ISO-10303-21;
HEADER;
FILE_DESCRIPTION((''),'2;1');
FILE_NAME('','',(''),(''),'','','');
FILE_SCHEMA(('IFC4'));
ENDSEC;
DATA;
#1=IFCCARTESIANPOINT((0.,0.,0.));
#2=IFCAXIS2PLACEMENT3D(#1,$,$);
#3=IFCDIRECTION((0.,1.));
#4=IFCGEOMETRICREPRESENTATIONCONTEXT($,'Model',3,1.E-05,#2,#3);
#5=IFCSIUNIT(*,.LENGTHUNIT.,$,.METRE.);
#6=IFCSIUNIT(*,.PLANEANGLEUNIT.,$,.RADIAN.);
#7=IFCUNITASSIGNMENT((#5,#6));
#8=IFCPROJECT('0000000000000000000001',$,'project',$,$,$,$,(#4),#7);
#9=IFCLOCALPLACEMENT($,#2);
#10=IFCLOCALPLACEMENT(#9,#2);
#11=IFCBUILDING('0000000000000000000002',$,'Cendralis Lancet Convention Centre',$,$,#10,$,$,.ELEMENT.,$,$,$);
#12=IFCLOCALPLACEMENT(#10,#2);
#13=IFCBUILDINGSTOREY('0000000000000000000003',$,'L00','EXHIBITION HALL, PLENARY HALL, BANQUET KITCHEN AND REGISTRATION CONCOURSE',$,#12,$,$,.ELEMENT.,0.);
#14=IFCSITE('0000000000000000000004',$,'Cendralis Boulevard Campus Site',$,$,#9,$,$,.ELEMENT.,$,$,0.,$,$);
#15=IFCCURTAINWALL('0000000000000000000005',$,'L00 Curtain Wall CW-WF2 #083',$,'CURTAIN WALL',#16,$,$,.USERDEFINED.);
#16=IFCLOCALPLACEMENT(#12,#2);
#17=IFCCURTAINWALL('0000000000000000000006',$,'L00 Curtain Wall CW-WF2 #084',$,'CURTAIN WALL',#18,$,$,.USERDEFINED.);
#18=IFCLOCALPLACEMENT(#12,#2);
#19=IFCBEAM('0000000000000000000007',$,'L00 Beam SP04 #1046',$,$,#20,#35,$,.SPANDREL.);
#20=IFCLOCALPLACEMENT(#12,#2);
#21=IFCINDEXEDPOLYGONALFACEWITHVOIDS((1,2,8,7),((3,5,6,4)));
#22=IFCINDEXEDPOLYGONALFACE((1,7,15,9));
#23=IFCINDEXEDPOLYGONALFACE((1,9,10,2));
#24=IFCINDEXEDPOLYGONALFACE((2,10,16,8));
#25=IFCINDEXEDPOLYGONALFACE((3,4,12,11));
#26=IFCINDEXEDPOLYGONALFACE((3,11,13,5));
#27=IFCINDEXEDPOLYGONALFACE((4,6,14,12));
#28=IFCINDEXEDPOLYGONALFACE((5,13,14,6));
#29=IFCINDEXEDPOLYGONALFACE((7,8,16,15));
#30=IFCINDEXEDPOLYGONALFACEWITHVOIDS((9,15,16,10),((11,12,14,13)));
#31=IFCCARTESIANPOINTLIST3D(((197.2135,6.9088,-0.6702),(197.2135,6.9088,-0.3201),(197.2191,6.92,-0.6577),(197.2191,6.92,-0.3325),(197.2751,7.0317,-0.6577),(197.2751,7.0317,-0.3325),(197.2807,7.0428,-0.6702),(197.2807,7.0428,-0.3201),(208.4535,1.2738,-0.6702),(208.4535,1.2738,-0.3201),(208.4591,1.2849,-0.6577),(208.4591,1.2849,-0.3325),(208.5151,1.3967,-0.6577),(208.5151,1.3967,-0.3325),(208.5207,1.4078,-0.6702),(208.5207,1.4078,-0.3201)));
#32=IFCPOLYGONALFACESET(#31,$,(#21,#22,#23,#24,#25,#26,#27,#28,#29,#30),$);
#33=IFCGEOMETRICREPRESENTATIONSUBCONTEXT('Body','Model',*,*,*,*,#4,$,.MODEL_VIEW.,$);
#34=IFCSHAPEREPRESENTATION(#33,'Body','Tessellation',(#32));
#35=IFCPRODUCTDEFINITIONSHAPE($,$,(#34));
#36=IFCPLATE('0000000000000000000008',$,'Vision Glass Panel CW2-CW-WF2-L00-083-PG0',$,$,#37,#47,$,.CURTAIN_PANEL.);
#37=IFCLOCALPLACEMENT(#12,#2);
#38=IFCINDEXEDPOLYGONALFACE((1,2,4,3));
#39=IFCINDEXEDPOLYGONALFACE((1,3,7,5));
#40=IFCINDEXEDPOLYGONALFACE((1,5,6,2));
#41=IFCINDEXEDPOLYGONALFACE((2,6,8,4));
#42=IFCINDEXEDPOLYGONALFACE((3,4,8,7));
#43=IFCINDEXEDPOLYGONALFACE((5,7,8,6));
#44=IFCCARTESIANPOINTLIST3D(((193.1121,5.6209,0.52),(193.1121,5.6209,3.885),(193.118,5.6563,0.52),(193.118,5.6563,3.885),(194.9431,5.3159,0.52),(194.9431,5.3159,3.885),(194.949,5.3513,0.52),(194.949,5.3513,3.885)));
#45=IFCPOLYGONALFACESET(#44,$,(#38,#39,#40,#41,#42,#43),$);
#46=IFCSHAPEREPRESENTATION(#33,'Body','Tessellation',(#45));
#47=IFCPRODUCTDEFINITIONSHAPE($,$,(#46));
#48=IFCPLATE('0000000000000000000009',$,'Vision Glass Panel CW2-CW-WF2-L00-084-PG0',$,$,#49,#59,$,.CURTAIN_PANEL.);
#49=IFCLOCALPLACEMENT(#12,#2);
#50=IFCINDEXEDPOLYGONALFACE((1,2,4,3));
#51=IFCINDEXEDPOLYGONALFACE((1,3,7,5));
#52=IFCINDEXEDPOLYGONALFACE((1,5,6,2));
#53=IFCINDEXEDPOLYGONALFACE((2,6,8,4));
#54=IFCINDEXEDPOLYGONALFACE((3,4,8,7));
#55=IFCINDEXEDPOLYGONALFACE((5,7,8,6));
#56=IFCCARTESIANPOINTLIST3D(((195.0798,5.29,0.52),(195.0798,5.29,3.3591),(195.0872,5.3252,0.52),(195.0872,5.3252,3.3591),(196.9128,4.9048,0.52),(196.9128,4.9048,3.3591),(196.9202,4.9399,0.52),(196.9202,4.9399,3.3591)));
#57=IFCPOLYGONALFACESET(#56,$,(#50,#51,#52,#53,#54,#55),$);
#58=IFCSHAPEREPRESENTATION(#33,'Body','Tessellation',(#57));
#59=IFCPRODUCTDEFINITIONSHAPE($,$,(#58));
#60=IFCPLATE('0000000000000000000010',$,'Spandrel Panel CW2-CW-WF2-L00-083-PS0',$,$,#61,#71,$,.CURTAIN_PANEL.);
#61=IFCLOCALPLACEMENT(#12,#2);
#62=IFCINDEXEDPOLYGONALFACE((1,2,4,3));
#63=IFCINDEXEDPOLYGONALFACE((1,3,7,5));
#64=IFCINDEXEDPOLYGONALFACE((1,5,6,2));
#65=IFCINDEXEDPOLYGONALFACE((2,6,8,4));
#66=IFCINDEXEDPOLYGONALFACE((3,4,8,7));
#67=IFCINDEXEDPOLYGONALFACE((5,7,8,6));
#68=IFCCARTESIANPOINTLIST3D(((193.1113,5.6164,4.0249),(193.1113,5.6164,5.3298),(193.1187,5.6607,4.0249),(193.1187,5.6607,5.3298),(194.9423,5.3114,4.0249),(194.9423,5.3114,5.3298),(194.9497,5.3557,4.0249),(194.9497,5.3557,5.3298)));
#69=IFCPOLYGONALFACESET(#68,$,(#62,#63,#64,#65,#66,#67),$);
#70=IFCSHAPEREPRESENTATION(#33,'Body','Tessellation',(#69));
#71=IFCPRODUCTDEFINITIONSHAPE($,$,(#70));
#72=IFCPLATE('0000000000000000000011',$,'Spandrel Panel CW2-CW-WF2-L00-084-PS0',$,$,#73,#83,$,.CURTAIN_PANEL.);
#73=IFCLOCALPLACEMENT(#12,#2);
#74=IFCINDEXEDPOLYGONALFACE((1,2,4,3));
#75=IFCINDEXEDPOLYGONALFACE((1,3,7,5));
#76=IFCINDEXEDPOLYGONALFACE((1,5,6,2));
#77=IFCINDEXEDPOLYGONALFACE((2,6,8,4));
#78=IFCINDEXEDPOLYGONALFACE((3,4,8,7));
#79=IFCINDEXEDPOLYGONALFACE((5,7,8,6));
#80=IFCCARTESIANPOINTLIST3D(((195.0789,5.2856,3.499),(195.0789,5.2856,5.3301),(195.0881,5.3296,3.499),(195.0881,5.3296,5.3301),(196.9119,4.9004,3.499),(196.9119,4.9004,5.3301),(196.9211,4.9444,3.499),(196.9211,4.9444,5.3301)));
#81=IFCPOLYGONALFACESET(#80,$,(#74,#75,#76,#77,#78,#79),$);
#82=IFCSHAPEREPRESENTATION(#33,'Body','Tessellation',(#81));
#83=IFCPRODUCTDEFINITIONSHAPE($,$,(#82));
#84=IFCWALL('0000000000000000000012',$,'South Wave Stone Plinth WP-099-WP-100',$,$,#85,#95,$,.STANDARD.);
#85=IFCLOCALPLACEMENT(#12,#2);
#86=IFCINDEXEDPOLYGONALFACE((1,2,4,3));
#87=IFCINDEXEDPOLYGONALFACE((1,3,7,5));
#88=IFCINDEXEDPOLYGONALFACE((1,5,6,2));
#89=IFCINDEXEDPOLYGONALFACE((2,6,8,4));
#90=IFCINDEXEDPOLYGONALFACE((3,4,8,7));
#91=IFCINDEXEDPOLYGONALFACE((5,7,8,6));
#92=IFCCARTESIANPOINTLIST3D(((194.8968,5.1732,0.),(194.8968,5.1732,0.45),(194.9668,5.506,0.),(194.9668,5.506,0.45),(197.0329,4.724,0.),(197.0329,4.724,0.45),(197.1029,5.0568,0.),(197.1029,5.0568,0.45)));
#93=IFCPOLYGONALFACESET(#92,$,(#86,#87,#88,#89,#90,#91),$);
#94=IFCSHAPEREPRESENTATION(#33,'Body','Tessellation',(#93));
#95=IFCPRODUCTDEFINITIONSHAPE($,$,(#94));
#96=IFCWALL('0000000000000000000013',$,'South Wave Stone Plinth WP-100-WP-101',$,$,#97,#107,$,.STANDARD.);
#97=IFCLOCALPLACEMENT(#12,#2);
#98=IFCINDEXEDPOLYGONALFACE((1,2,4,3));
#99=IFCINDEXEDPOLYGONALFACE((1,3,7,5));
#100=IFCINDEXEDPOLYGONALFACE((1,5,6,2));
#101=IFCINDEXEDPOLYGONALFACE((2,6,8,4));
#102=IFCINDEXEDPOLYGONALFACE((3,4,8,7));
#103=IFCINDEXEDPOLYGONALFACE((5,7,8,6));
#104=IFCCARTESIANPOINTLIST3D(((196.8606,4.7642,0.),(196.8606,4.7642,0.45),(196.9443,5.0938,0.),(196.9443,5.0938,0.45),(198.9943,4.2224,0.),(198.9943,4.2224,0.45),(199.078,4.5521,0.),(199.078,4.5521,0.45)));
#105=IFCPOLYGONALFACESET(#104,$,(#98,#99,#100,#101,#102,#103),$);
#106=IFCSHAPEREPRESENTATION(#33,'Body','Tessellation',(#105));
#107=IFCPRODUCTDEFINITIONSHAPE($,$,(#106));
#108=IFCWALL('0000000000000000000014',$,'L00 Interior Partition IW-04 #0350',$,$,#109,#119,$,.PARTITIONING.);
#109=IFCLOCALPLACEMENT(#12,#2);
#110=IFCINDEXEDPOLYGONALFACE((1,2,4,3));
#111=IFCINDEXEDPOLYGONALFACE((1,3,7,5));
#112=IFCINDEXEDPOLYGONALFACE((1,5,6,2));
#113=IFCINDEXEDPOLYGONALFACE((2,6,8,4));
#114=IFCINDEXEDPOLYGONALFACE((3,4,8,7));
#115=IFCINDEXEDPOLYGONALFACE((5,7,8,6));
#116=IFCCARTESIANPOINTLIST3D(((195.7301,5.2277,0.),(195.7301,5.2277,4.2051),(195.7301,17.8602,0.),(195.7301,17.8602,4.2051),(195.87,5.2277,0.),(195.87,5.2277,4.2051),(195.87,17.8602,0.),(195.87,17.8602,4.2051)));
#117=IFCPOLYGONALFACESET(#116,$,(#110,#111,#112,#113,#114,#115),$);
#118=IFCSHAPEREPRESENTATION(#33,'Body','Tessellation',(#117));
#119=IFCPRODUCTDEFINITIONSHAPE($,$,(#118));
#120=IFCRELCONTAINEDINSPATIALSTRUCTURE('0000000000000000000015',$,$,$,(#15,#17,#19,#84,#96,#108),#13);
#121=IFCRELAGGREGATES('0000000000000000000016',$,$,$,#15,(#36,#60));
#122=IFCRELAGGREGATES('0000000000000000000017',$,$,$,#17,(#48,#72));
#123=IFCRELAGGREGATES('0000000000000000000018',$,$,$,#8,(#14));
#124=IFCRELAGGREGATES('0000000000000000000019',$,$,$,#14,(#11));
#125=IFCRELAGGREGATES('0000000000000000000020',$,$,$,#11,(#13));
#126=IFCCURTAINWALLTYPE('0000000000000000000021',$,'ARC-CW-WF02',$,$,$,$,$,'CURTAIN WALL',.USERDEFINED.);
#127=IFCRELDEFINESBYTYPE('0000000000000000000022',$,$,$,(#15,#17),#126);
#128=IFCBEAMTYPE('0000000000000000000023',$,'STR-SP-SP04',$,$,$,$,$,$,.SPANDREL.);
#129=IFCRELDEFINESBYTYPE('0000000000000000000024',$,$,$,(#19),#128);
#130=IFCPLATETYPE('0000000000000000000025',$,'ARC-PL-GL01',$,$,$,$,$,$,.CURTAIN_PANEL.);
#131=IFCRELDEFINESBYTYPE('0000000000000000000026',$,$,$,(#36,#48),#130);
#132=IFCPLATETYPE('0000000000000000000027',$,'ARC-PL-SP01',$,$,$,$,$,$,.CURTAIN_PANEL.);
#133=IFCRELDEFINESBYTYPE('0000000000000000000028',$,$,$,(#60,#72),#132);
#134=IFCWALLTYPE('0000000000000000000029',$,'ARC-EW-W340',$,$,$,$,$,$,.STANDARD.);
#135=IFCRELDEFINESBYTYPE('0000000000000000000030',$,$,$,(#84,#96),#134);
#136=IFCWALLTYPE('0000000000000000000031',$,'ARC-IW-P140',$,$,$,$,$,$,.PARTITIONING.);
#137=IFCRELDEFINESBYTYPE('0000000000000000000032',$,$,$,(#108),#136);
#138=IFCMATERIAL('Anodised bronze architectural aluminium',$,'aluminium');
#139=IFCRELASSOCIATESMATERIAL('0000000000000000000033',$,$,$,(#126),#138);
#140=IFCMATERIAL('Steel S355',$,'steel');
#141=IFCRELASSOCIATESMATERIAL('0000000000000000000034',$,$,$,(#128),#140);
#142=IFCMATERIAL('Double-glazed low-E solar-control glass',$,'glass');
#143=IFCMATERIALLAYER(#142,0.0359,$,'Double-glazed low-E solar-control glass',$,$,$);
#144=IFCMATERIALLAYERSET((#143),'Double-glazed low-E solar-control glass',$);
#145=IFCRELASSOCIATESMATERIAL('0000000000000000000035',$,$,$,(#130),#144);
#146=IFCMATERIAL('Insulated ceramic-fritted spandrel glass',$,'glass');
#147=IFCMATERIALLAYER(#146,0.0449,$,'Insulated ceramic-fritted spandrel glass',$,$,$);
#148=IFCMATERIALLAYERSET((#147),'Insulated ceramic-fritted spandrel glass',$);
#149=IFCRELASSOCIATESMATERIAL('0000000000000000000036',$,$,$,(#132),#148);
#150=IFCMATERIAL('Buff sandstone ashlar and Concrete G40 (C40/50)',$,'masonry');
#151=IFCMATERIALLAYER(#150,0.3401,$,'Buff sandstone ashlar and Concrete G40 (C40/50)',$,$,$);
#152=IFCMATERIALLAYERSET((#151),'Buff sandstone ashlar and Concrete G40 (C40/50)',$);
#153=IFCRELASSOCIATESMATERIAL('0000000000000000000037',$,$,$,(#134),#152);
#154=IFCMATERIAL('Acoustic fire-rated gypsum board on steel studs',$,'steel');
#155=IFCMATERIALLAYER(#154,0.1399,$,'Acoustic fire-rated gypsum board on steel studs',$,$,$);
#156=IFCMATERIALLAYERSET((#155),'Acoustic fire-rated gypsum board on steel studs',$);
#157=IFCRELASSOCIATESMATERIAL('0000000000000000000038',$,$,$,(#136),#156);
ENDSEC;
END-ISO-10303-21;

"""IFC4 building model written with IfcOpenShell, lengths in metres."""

from ifc_helpers import new_model, si_unit, direction, frame, frame_2d, origin, origin_2d, place, context, subcontext, project, spatial, rectangle, hollow_rectangle, extrude, material, layer, layer_set, material_profile, profile_set, type_object, element, aggregate, save


model = new_model("IFC4")

# Units and contexts
model_context = context("Model", 3, precision=1e-05, world=origin(), true_north=direction((0.0, 1.0)))
body_context = subcontext(model_context, "Body", "Model", "MODEL_VIEW")
ifc_project = project(units=[si_unit("LENGTHUNIT", "METRE"), si_unit("PLANEANGLEUNIT", "RADIAN")], contexts=[model_context])

# Site, building, storey
site_placement = place(None, origin())
site = spatial("IfcSite", under=ifc_project, at=site_placement, Name="Cendralis Boulevard Campus Site", CompositionType="ELEMENT", RefElevation=0.0)
building_placement = place(site_placement, origin())
building = spatial("IfcBuilding", under=site, at=building_placement, Name="Cendralis Lancet Convention Centre", CompositionType="ELEMENT")
storey_placement = place(building_placement, origin())
storey = spatial("IfcBuildingStorey", under=building, at=storey_placement, Name="L00", Description="EXHIBITION HALL, PLENARY HALL, BANQUET KITCHEN AND REGISTRATION CONCOURSE", CompositionType="ELEMENT", Elevation=0.0)

# Shared definitions
ifc_material_1 = material(Name="Anodised bronze architectural aluminium", Category="aluminium")
curtain_wall_type = type_object("IfcCurtainWallType", Name="ARC-CW-WF02", ElementType="CURTAIN WALL", PredefinedType="USERDEFINED", material=ifc_material_1)

# Curtain walls
curtain_wall_1_placement = place(storey_placement, origin())
curtain_wall_1 = element("IfcCurtainWall", 1, at=curtain_wall_1_placement, inside=storey, type_object=curtain_wall_type, Name="L00 Curtain Wall CW-WF2 #083", ObjectType="CURTAIN WALL", PredefinedType="USERDEFINED")
curtain_wall_2_placement = place(storey_placement, origin())
curtain_wall_2 = element("IfcCurtainWall", 2, at=curtain_wall_2_placement, inside=storey, type_object=curtain_wall_type, Name="L00 Curtain Wall CW-WF2 #084", ObjectType="CURTAIN WALL", PredefinedType="USERDEFINED")

# Beam
ifc_material_2 = material(Name="Steel S355", Category="steel")
ifc_material_profile_1 = material_profile(ifc_material_2, hollow_rectangle(XDim=0.1499, YDim=0.3501, WallThickness=0.0125, at=origin_2d()), Name="RHS 350x150x12.5")
ifc_profile_set_1 = profile_set([ifc_material_profile_1], Name="Steel S355")
beam_type_1 = type_object("IfcBeamType", Name="STR-SP-SP04", PredefinedType="SPANDREL", material=ifc_profile_set_1)
beam_1_placement = place(storey_placement, frame((197.2471, 6.9758, -0.4951), z_axis=(0.893949, -0.448169, 0.0), x_axis=(0.448169, 0.893949, 0.0)))
element("IfcBeam", 3, at=beam_1_placement, inside=storey, type_object=beam_type_1, Name="L00 Beam SP04 #1046", PredefinedType="SPANDREL", context=body_context, shape_type="SweptSolid", body=[
    extrude(hollow_rectangle(XDim=0.1499, YDim=0.3501, WallThickness=0.0125, at=origin_2d()), origin(), (0.0, 0.0, 1.0), 12.5735),
])

# Plates
ifc_material_3 = material(Name="Double-glazed low-E solar-control glass", Category="glass")
ifc_layer_1 = layer(ifc_material_3, 0.0359, Name="Double-glazed low-E solar-control glass")
ifc_layer_set_1 = layer_set([ifc_layer_1], Name="Double-glazed low-E solar-control glass")
plate_type_1 = type_object("IfcPlateType", Name="ARC-PL-GL01", PredefinedType="CURTAIN_PANEL", material=ifc_layer_set_1)
plate_1_placement = place(storey_placement, frame((194.0305, 5.4861, 0.52), z_axis=(0.0, 0.0, 1.0), x_axis=(0.986407, -0.164318, 0.0)))
plate_1 = element("IfcPlate", 4, at=plate_1_placement, type_object=plate_type_1, Name="Vision Glass Panel CW2-CW-WF2-L00-083-PG0", PredefinedType="CURTAIN_PANEL", context=body_context, shape_type="SweptSolid", body=[
    extrude(rectangle(XDim=1.8562, YDim=0.0359, at=origin_2d()), origin(), (0.0, 0.0, 1.0), 3.365),
])
plate_2_placement = place(storey_placement, frame((196.0, 5.115, 0.52), z_axis=(0.0, 0.0, 1.0), x_axis=(0.978624, -0.20566, 0.0)))
plate_2 = element("IfcPlate", 5, at=plate_2_placement, type_object=plate_type_1, Name="Vision Glass Panel CW2-CW-WF2-L00-084-PG0", PredefinedType="CURTAIN_PANEL", context=body_context, shape_type="SweptSolid", body=[
    extrude(rectangle(XDim=1.873, YDim=0.0359, at=origin_2d()), origin(), (0.0, 0.0, 1.0), 2.8391),
])
ifc_material_4 = material(Name="Insulated ceramic-fritted spandrel glass", Category="glass")
ifc_layer_2 = layer(ifc_material_4, 0.0449, Name="Insulated ceramic-fritted spandrel glass")
ifc_layer_set_2 = layer_set([ifc_layer_2], Name="Insulated ceramic-fritted spandrel glass")
plate_type_2 = type_object("IfcPlateType", Name="ARC-PL-SP01", PredefinedType="CURTAIN_PANEL", material=ifc_layer_set_2)
plate_3_placement = place(storey_placement, frame((194.0305, 5.4861, 4.0249), z_axis=(0.0, 0.0, 1.0), x_axis=(0.986407, -0.164318, 0.0)))
plate_3 = element("IfcPlate", 6, at=plate_3_placement, type_object=plate_type_2, Name="Spandrel Panel CW2-CW-WF2-L00-083-PS0", PredefinedType="CURTAIN_PANEL", context=body_context, shape_type="SweptSolid", body=[
    extrude(rectangle(XDim=1.8562, YDim=0.0449, at=origin_2d()), origin(), (0.0, 0.0, 1.0), 1.3049),
])
aggregate(curtain_wall_1, [plate_1, plate_3])
plate_4_placement = place(storey_placement, frame((196.0, 5.115, 3.499), z_axis=(0.0, 0.0, 1.0), x_axis=(0.978624, -0.20566, 0.0)))
plate_4 = element("IfcPlate", 7, at=plate_4_placement, type_object=plate_type_2, Name="Spandrel Panel CW2-CW-WF2-L00-084-PS0", PredefinedType="CURTAIN_PANEL", context=body_context, shape_type="SweptSolid", body=[
    extrude(rectangle(XDim=1.873, YDim=0.0449, at=origin_2d()), origin(), (0.0, 0.0, 1.0), 1.8311),
])
aggregate(curtain_wall_2, [plate_2, plate_4])

# Walls
ifc_material_5 = material(Name="Buff sandstone ashlar and Concrete G40 (C40/50)", Category="masonry")
ifc_layer_3 = layer(ifc_material_5, 0.3401, Name="Buff sandstone ashlar and Concrete G40 (C40/50)")
ifc_layer_set_3 = layer_set([ifc_layer_3], Name="Buff sandstone ashlar and Concrete G40 (C40/50)")
wall_type_1 = type_object("IfcWallType", Name="ARC-EW-W340", PredefinedType="STANDARD", material=ifc_layer_set_3)
wall_1_placement = place(storey_placement, frame((194.9319, 5.3396, 0.0), z_axis=(0.0, 0.0, 1.0), x_axis=(0.978597, -0.205785, 0.0)))
element("IfcWall", 8, at=wall_1_placement, inside=storey, type_object=wall_type_1, Name="South Wave Stone Plinth WP-099-WP-100", PredefinedType="STANDARD", context=body_context, shape_type="SweptSolid", body=[
    extrude(rectangle(XDim=2.1829, YDim=0.3401, at=frame_2d((1.0913, 0.0))), origin(), (0.0, 0.0, 1.0), 0.45),
])
wall_2_placement = place(storey_placement, frame((196.9026, 4.929, 0.0), z_axis=(0.0, 0.0, 1.0), x_axis=(0.969249, -0.246083, 0.0)))
element("IfcWall", 9, at=wall_2_placement, inside=storey, type_object=wall_type_1, Name="South Wave Stone Plinth WP-100-WP-101", PredefinedType="STANDARD", context=body_context, shape_type="SweptSolid", body=[
    extrude(rectangle(XDim=2.2014, YDim=0.3401, at=frame_2d((1.1006, 0.0))), origin(), (0.0, 0.0, 1.0), 0.45),
])
ifc_material_6 = material(Name="Acoustic fire-rated gypsum board on steel studs", Category="steel")
ifc_layer_4 = layer(ifc_material_6, 0.1399, Name="Acoustic fire-rated gypsum board on steel studs")
ifc_layer_set_4 = layer_set([ifc_layer_4], Name="Acoustic fire-rated gypsum board on steel studs")
wall_type_2 = type_object("IfcWallType", Name="ARC-IW-P140", PredefinedType="PARTITIONING", material=ifc_layer_set_4)
wall_3_placement = place(storey_placement, frame((195.8, 5.2275, 0.0), z_axis=(0.0, 0.0, 1.0), x_axis=(0.0, 1.0, 0.0)))
element("IfcWall", 10, at=wall_3_placement, inside=storey, type_object=wall_type_2, Name="L00 Interior Partition IW-04 #0350", PredefinedType="PARTITIONING", context=body_context, shape_type="SweptSolid", body=[
    extrude(rectangle(XDim=12.6326, YDim=0.1399, at=frame_2d((6.3164, 0.0))), origin(), (0.0, 0.0, 1.0), 4.2051),
])

save(model, "model.ifc")
